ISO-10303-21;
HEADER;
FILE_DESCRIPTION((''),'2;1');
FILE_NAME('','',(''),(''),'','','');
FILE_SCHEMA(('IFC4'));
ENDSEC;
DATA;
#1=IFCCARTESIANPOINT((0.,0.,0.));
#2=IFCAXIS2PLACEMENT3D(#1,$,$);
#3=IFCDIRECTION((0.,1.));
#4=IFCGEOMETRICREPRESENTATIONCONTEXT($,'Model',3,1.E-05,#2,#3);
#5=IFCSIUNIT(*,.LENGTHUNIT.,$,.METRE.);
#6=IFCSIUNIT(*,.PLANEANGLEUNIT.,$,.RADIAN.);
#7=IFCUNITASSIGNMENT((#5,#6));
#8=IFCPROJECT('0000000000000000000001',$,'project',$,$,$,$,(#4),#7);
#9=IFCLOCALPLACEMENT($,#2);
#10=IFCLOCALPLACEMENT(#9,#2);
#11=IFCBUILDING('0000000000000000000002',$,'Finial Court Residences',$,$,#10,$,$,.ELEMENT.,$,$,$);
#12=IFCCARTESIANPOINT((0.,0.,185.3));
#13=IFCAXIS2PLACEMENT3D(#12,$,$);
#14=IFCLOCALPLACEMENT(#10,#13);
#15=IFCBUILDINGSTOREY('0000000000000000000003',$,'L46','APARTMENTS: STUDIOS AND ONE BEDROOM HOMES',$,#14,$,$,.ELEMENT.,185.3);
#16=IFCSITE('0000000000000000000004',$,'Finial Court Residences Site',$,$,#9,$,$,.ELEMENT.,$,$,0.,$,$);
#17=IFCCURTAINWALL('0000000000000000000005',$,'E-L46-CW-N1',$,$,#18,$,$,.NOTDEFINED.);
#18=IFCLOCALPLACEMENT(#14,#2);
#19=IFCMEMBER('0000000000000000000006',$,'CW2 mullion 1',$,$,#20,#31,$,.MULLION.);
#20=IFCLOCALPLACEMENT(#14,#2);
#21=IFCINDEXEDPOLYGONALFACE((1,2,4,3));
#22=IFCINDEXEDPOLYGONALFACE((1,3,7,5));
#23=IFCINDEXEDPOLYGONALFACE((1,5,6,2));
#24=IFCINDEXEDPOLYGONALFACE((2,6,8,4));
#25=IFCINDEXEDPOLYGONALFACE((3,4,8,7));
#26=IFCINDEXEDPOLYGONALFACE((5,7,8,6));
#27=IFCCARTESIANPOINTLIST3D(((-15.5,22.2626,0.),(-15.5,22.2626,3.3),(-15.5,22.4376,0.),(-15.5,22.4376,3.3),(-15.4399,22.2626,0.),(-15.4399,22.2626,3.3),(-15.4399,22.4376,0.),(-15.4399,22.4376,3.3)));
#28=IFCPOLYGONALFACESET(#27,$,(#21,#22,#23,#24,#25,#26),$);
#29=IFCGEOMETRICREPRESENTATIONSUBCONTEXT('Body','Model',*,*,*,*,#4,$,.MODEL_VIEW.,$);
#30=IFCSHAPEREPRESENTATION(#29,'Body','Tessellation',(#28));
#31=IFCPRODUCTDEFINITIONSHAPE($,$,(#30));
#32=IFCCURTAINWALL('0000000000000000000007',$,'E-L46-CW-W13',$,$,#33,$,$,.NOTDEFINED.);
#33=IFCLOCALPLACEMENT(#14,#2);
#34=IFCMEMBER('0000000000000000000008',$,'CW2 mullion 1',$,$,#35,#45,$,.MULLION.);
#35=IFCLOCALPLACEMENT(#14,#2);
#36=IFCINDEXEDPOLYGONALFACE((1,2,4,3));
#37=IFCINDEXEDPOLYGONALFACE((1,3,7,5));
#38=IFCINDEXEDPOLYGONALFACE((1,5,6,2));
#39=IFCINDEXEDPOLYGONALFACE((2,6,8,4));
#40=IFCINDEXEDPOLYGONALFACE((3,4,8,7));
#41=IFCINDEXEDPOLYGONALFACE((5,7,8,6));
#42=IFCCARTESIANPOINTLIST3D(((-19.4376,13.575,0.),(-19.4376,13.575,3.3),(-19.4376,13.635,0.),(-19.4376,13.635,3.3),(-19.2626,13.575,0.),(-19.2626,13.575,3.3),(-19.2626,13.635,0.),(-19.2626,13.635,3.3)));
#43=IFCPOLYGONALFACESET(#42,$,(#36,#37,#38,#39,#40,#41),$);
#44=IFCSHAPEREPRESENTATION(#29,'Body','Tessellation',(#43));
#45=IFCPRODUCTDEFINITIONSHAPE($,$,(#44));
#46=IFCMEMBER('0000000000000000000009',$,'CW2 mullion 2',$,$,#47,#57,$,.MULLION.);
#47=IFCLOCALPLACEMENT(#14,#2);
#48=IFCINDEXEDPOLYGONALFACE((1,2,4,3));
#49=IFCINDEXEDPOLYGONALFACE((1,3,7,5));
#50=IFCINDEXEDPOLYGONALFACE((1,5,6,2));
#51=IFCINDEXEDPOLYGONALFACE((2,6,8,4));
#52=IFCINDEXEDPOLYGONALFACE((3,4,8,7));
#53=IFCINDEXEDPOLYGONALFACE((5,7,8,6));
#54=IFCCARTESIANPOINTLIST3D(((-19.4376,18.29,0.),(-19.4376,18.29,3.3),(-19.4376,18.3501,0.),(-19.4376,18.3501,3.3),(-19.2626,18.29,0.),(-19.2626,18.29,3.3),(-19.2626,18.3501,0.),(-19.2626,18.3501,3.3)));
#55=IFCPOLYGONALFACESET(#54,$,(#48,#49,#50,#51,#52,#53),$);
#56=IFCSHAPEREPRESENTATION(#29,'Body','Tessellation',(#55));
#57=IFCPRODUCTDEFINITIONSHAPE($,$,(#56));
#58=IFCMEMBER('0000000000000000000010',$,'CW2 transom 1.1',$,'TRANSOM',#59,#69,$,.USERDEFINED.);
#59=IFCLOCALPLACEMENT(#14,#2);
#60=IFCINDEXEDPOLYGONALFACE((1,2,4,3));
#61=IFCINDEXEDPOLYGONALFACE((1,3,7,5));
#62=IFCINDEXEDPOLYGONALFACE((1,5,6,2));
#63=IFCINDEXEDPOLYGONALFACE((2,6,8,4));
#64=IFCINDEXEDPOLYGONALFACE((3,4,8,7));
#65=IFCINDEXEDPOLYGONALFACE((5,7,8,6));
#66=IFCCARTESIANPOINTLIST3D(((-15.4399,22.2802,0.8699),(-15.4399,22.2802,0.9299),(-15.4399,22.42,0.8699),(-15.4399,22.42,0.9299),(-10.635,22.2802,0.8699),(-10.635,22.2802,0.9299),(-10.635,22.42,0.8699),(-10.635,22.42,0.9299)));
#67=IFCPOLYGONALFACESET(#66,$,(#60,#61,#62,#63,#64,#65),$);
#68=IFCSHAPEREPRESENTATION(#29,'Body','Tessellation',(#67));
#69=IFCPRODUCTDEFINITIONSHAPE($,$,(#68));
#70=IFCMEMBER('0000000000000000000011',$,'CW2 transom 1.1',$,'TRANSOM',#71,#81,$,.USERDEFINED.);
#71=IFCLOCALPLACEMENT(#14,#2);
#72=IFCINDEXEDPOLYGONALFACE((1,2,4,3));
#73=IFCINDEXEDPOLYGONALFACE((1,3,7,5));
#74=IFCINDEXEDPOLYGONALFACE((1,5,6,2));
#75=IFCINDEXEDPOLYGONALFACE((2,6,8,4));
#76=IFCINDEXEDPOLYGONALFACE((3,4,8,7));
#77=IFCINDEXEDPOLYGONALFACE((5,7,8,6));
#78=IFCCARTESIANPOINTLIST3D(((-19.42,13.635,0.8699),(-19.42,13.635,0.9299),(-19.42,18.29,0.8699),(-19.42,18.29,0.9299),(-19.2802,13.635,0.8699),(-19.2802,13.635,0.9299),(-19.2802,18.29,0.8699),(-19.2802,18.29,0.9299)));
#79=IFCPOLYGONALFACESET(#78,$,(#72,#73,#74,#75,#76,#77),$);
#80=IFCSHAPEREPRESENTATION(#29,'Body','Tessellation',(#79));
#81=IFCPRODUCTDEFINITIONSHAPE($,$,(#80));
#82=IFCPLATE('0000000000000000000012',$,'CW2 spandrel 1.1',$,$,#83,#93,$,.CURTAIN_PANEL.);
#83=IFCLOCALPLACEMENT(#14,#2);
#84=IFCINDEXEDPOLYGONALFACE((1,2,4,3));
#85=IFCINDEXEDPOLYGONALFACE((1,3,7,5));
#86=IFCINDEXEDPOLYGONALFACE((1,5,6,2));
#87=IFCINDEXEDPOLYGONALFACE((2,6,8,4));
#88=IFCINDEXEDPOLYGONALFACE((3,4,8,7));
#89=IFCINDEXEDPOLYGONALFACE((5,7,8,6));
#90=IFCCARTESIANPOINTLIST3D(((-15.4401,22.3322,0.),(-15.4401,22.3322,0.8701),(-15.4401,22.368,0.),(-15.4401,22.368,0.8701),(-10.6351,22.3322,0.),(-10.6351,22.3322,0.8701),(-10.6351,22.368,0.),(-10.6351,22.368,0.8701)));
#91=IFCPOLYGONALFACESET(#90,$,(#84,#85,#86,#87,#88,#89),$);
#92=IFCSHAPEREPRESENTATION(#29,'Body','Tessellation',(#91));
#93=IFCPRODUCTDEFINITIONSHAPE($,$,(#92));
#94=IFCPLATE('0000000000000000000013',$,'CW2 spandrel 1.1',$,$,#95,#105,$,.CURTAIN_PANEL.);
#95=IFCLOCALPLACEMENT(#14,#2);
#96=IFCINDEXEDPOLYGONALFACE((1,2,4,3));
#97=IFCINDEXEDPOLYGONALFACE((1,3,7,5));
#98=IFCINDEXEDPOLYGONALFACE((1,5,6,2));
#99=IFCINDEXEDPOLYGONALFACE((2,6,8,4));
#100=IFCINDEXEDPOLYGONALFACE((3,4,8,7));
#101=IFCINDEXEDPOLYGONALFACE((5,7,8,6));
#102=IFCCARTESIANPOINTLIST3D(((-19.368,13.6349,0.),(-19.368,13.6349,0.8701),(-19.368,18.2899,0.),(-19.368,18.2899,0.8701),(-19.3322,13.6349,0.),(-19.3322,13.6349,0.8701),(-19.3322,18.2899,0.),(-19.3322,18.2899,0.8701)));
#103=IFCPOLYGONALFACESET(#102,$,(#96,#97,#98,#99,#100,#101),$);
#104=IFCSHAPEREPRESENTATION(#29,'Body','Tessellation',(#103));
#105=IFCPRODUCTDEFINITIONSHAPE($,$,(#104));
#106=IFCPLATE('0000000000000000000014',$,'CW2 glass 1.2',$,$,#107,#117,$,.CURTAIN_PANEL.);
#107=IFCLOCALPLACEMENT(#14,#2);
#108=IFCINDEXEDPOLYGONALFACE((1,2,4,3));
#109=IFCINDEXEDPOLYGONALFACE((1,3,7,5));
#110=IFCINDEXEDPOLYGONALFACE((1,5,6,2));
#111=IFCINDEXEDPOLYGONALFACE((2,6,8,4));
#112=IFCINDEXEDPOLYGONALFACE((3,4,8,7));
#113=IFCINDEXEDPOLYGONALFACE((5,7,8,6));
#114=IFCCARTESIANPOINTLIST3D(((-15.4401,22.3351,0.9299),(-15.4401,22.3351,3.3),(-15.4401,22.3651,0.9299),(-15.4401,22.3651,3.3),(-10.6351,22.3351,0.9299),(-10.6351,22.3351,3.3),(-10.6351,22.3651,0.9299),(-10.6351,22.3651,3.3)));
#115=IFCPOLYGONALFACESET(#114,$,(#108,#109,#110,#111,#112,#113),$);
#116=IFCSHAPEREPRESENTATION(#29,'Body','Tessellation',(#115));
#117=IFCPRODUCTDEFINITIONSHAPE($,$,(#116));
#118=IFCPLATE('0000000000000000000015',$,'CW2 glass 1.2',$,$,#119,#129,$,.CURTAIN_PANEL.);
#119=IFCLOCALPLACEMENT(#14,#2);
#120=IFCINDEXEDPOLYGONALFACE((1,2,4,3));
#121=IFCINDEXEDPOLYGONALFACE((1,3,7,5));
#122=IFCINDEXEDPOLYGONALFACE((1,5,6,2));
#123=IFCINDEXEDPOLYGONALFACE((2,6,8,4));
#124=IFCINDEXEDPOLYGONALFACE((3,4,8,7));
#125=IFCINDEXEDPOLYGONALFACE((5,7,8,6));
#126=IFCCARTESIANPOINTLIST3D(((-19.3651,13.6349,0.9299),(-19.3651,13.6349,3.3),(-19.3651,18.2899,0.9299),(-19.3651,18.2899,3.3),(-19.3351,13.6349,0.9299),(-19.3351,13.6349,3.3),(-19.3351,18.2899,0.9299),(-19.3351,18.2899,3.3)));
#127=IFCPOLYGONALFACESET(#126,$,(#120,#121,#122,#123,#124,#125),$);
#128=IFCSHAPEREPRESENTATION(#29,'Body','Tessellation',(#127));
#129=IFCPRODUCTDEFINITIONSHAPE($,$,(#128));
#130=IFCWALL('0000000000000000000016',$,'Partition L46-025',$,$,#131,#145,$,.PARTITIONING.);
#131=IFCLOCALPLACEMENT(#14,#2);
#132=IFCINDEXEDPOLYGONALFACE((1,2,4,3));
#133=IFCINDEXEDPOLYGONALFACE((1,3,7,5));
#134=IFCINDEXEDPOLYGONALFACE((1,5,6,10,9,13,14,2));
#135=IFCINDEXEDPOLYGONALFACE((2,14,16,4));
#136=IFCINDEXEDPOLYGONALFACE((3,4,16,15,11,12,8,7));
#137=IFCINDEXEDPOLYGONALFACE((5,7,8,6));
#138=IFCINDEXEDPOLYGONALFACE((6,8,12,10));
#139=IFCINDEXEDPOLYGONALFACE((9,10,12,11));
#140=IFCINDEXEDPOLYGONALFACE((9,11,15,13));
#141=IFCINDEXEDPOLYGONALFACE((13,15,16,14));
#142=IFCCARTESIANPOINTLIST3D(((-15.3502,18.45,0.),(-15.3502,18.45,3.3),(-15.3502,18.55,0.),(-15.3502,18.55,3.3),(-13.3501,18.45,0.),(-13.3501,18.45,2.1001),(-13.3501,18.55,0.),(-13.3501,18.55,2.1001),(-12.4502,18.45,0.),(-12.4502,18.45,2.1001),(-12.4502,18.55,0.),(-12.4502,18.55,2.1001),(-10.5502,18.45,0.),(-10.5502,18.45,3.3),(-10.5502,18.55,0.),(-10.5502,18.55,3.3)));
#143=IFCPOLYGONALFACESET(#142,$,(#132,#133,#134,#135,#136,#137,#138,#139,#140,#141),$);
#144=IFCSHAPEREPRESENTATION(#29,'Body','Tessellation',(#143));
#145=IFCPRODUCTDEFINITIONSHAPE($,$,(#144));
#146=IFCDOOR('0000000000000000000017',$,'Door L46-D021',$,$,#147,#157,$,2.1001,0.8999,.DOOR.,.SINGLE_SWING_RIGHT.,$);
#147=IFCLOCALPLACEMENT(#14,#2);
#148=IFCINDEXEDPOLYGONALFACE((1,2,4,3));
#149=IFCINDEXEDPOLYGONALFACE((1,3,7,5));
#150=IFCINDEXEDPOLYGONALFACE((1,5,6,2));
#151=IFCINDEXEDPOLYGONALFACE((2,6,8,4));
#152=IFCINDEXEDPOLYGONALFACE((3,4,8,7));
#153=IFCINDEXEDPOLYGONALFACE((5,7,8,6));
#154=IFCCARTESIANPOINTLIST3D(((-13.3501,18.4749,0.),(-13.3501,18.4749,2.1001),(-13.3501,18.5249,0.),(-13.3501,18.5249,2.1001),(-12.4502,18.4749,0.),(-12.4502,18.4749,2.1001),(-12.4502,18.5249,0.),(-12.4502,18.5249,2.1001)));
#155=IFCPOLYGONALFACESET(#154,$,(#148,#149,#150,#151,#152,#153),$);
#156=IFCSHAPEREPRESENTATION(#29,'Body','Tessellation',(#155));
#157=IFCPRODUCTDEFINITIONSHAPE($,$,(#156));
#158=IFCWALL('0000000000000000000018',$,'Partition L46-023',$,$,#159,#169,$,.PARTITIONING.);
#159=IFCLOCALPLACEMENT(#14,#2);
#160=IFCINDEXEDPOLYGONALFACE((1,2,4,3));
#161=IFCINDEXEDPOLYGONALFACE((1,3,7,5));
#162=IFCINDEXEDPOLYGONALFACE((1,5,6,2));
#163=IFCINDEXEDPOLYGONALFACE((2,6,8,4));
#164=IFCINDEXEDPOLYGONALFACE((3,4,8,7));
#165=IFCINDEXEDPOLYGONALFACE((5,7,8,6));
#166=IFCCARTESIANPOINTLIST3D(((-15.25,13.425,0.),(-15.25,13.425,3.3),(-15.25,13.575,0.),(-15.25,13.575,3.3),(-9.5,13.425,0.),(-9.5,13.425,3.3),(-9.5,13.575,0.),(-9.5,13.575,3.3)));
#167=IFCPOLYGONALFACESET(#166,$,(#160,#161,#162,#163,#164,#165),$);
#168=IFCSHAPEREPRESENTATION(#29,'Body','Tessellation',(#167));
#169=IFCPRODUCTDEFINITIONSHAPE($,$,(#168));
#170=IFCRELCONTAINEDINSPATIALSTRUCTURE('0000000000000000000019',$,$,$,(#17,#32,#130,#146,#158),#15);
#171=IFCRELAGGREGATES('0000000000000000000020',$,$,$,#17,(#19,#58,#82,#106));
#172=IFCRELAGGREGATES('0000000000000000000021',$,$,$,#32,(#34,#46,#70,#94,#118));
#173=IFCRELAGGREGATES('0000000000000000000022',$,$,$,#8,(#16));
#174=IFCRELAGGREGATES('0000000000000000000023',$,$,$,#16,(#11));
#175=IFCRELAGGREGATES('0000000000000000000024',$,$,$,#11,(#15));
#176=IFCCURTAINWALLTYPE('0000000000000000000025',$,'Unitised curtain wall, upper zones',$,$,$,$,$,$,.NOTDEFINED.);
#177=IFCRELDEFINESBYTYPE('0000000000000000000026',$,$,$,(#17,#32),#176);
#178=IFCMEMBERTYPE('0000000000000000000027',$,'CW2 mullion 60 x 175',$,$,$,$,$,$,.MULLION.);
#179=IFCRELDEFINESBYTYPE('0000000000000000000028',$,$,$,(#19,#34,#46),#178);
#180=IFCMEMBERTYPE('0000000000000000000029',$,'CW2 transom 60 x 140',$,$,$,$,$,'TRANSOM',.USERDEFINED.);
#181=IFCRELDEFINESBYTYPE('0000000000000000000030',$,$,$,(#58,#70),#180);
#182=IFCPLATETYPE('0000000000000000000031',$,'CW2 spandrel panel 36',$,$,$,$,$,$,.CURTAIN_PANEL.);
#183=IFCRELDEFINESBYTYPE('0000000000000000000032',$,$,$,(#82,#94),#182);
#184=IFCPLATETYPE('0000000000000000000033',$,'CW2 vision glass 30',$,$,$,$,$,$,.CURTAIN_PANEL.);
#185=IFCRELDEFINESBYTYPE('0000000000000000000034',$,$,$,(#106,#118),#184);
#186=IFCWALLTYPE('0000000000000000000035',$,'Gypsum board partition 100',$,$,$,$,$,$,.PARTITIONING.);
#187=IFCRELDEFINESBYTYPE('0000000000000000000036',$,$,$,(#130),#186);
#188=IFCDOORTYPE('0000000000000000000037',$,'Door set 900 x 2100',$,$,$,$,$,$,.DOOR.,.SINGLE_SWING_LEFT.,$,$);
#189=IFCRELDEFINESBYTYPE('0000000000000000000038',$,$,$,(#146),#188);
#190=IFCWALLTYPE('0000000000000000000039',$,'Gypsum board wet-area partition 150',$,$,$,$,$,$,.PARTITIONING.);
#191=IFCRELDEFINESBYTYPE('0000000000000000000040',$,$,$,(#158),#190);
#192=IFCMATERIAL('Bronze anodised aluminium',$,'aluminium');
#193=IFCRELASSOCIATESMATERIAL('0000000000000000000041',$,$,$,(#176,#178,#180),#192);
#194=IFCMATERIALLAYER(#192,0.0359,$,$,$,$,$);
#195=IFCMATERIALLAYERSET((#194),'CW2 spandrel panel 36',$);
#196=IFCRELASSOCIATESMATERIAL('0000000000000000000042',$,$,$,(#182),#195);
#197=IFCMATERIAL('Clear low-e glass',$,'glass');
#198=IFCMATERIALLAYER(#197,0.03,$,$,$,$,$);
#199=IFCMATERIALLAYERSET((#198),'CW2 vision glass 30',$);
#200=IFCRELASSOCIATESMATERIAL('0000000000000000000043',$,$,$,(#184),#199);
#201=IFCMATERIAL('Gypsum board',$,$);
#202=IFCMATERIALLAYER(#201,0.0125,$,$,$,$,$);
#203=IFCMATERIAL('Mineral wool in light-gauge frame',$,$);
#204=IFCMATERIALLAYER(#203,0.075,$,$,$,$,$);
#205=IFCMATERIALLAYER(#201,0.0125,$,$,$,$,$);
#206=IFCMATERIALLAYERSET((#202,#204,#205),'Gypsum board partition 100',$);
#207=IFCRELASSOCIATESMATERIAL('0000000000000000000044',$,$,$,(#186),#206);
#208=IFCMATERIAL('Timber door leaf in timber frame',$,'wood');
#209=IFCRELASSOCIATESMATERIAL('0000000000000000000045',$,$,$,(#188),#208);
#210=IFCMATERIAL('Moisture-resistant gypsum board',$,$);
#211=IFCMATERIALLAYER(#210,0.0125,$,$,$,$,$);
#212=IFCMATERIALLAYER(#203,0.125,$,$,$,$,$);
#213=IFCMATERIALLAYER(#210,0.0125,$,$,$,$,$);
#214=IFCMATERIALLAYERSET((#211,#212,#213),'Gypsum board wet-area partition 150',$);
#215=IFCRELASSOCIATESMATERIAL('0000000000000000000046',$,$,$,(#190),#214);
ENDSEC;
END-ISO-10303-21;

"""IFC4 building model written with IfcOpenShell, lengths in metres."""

from ifc_helpers import new_model, si_unit, direction, frame, frame_2d, origin, origin_2d, place, context, subcontext, project, spatial, rectangle, extrude, material, layer, layer_set, material_profile, profile_set, type_object, element, fill, aggregate, save


model = new_model("IFC4")

# Units and contexts
model_context = context("Model", 3, precision=1e-05, world=origin(), true_north=direction((0.0, 1.0)))
body_context = subcontext(model_context, "Body", "Model", "MODEL_VIEW")
ifc_project = project(units=[si_unit("LENGTHUNIT", "METRE"), si_unit("PLANEANGLEUNIT", "RADIAN")], contexts=[model_context])

# Site, building, storey
site_placement = place(None, origin())
site = spatial("IfcSite", under=ifc_project, at=site_placement, Name="Finial Court Residences Site", CompositionType="ELEMENT", RefElevation=0.0)
building_placement = place(site_placement, origin())
building = spatial("IfcBuilding", under=site, at=building_placement, Name="Finial Court Residences", CompositionType="ELEMENT")
storey_placement = place(building_placement, frame((0.0, 0.0, 185.3)))
storey = spatial("IfcBuildingStorey", under=building, at=storey_placement, Name="L46", Description="APARTMENTS: STUDIOS AND ONE BEDROOM HOMES", CompositionType="ELEMENT", Elevation=185.3)

# Curtain wall, member
ifc_material_1 = material(Name="Bronze anodised aluminium", Category="aluminium")
curtain_wall_type = type_object("IfcCurtainWallType", Name="Unitised curtain wall, upper zones", PredefinedType="NOTDEFINED", material=ifc_material_1)
curtain_wall_1_placement = place(storey_placement, origin())
curtain_wall_1 = element("IfcCurtainWall", 1, at=curtain_wall_1_placement, inside=storey, type_object=curtain_wall_type, Name="E-L46-CW-N1", PredefinedType="NOTDEFINED")
ifc_material_profile_1 = material_profile(ifc_material_1, rectangle(XDim=0.175, YDim=0.0601, at=origin_2d()), Name="CW2 mullion 60 x 175")
ifc_profile_set_1 = profile_set([ifc_material_profile_1], Name="Bronze anodised aluminium")
member_type_1 = type_object("IfcMemberType", Name="CW2 mullion 60 x 175", PredefinedType="MULLION", material=ifc_profile_set_1)
member_1_placement = place(storey_placement, frame((-15.47, 22.3501, 0.0), z_axis=(0.0, 0.0, 1.0), x_axis=(0.0, 1.0, 0.0)))
member_1 = element("IfcMember", 2, at=member_1_placement, type_object=member_type_1, Name="CW2 mullion 1", PredefinedType="MULLION", context=body_context, shape_type="SweptSolid", body=[
    extrude(rectangle(XDim=0.175, YDim=0.0601, at=origin_2d()), origin(), (0.0, 0.0, 1.0), 3.3),
])

# Curtain wall, members
curtain_wall_2_placement = place(storey_placement, origin())
curtain_wall_2 = element("IfcCurtainWall", 3, at=curtain_wall_2_placement, inside=storey, type_object=curtain_wall_type, Name="E-L46-CW-W13", PredefinedType="NOTDEFINED")
member_2_placement = place(storey_placement, frame((-19.3501, 13.605, 0.0), z_axis=(0.0, 0.0, 1.0), x_axis=(-1.0, 0.0, 0.0)))
member_2 = element("IfcMember", 4, at=member_2_placement, type_object=member_type_1, Name="CW2 mullion 1", PredefinedType="MULLION", context=body_context, shape_type="SweptSolid", body=[
    extrude(rectangle(XDim=0.175, YDim=0.0601, at=origin_2d()), origin(), (0.0, 0.0, 1.0), 3.3),
])
member_3_placement = place(storey_placement, frame((-19.3501, 18.3201, 0.0), z_axis=(0.0, 0.0, 1.0), x_axis=(-1.0, 0.0, 0.0)))
member_3 = element("IfcMember", 5, at=member_3_placement, type_object=member_type_1, Name="CW2 mullion 2", PredefinedType="MULLION", context=body_context, shape_type="SweptSolid", body=[
    extrude(rectangle(XDim=0.175, YDim=0.0601, at=origin_2d()), origin(), (0.0, 0.0, 1.0), 3.3),
])

# Members
ifc_material_profile_2 = material_profile(ifc_material_1, rectangle(XDim=0.1399, YDim=0.0601, at=origin_2d()), Name="CW2 transom 60 x 140")
ifc_profile_set_2 = profile_set([ifc_material_profile_2], Name="Bronze anodised aluminium")
member_type_2 = type_object("IfcMemberType", Name="CW2 transom 60 x 140", ElementType="TRANSOM", PredefinedType="USERDEFINED", material=ifc_profile_set_2)
member_4_placement = place(storey_placement, frame((-15.4399, 22.3501, 0.8999), z_axis=(1.0, 0.0, 0.0), x_axis=(0.0, 1.0, 0.0)))
member_4 = element("IfcMember", 6, at=member_4_placement, type_object=member_type_2, Name="CW2 transom 1.1", ObjectType="TRANSOM", PredefinedType="USERDEFINED", context=body_context, shape_type="SweptSolid", body=[
    extrude(rectangle(XDim=0.1399, YDim=0.0601, at=origin_2d()), origin(), (0.0, 0.0, 1.0), 4.8049),
])
member_5_placement = place(storey_placement, frame((-19.3501, 13.635, 0.8999), z_axis=(0.0, 1.0, 0.0), x_axis=(-1.0, 0.0, 0.0)))
member_5 = element("IfcMember", 7, at=member_5_placement, type_object=member_type_2, Name="CW2 transom 1.1", ObjectType="TRANSOM", PredefinedType="USERDEFINED", context=body_context, shape_type="SweptSolid", body=[
    extrude(rectangle(XDim=0.1399, YDim=0.0601, at=origin_2d()), origin(), (0.0, 0.0, 1.0), 4.655),
])

# Plates
ifc_layer_1 = layer(ifc_material_1, 0.0359)
ifc_layer_set_1 = layer_set([ifc_layer_1], Name="CW2 spandrel panel 36")
plate_type_1 = type_object("IfcPlateType", Name="CW2 spandrel panel 36", PredefinedType="CURTAIN_PANEL", material=ifc_layer_set_1)
plate_1_placement = place(storey_placement, frame((-13.0376, 22.3501, 0.0), z_axis=(0.0, 0.0, 1.0), x_axis=(1.0, 0.0, 0.0)))
plate_1 = element("IfcPlate", 8, at=plate_1_placement, type_object=plate_type_1, Name="CW2 spandrel 1.1", PredefinedType="CURTAIN_PANEL", context=body_context, shape_type="SweptSolid", body=[
    extrude(rectangle(XDim=4.8049, YDim=0.0359, at=origin_2d()), origin(), (0.0, 0.0, 1.0), 0.8701),
])
plate_2_placement = place(storey_placement, frame((-19.3501, 15.9624, 0.0), z_axis=(0.0, 0.0, 1.0), x_axis=(0.0, 1.0, 0.0)))
plate_2 = element("IfcPlate", 9, at=plate_2_placement, type_object=plate_type_1, Name="CW2 spandrel 1.1", PredefinedType="CURTAIN_PANEL", context=body_context, shape_type="SweptSolid", body=[
    extrude(rectangle(XDim=4.655, YDim=0.0359, at=origin_2d()), origin(), (0.0, 0.0, 1.0), 0.8701),
])
ifc_material_2 = material(Name="Clear low-e glass", Category="glass")
ifc_layer_2 = layer(ifc_material_2, 0.03)
ifc_layer_set_2 = layer_set([ifc_layer_2], Name="CW2 vision glass 30")
plate_type_2 = type_object("IfcPlateType", Name="CW2 vision glass 30", PredefinedType="CURTAIN_PANEL", material=ifc_layer_set_2)
plate_3_placement = place(storey_placement, frame((-13.0376, 22.3501, 0.9299), z_axis=(0.0, 0.0, 1.0), x_axis=(1.0, 0.0, 0.0)))
plate_3 = element("IfcPlate", 10, at=plate_3_placement, type_object=plate_type_2, Name="CW2 glass 1.2", PredefinedType="CURTAIN_PANEL", context=body_context, shape_type="SweptSolid", body=[
    extrude(rectangle(XDim=4.8049, YDim=0.03, at=origin_2d()), origin(), (0.0, 0.0, 1.0), 2.3701),
])
aggregate(curtain_wall_1, [member_1, member_4, plate_1, plate_3])
plate_4_placement = place(storey_placement, frame((-19.3501, 15.9624, 0.9299), z_axis=(0.0, 0.0, 1.0), x_axis=(0.0, 1.0, 0.0)))
plate_4 = element("IfcPlate", 11, at=plate_4_placement, type_object=plate_type_2, Name="CW2 glass 1.2", PredefinedType="CURTAIN_PANEL", context=body_context, shape_type="SweptSolid", body=[
    extrude(rectangle(XDim=4.655, YDim=0.03, at=origin_2d()), origin(), (0.0, 0.0, 1.0), 2.3701),
])
aggregate(curtain_wall_2, [member_2, member_3, member_5, plate_2, plate_4])

# Wall, opening, door
ifc_material_3 = material(Name="Gypsum board")
ifc_layer_3 = layer(ifc_material_3, 0.0125)
ifc_material_4 = material(Name="Mineral wool in light-gauge frame")
ifc_layer_4 = layer(ifc_material_4, 0.075)
ifc_layer_5 = layer(ifc_material_3, 0.0125)
ifc_layer_set_3 = layer_set([ifc_layer_3, ifc_layer_4, ifc_layer_5], Name="Gypsum board partition 100")
wall_type_1 = type_object("IfcWallType", Name="Gypsum board partition 100", PredefinedType="PARTITIONING", material=ifc_layer_set_3)
wall_1_placement = place(storey_placement, frame((-15.3501, 18.5, 0.0), z_axis=(0.0, 0.0, 1.0), x_axis=(1.0, 0.0, 0.0)))
wall_1 = element("IfcWall", 12, at=wall_1_placement, inside=storey, type_object=wall_type_1, Name="Partition L46-025", PredefinedType="PARTITIONING", context=body_context, shape_type="SweptSolid", body=[
    extrude(rectangle(XDim=4.8, YDim=0.1001, at=frame_2d((2.3999, 0.0))), origin(), (0.0, 0.0, 1.0), 3.3),
])
opening_1_placement = place(wall_1_placement, frame((2.0, 0.0, 0.0)))
opening_1 = element("IfcOpeningElement", 13, at=opening_1_placement, cuts=wall_1, PredefinedType="OPENING", context=body_context, shape_type="SweptSolid", body=[
    extrude(rectangle(XDim=0.8999, YDim=2.1001, at=frame_2d((0.45, 1.05))), frame((0.0, 0.0601, 0.0), z_axis=(0.0, -1.0, 0.0), x_axis=(1.0, 0.0, 0.0)), (0.0, 0.0, 1.0), 0.1201),
])
ifc_material_5 = material(Name="Timber door leaf in timber frame", Category="wood")
door_type = type_object("IfcDoorType", Name="Door set 900 x 2100", OperationType="SINGLE_SWING_LEFT", PredefinedType="DOOR", material=ifc_material_5)
door_placement = place(opening_1_placement, origin())
door = element("IfcDoor", 14, at=door_placement, inside=storey, type_object=door_type, Name="Door L46-D021", OperationType="SINGLE_SWING_RIGHT", OverallHeight=2.1001, OverallWidth=0.8999, PredefinedType="DOOR", context=body_context, shape_type="SweptSolid", body=[
    extrude(rectangle(XDim=0.8999, YDim=2.1001, at=frame_2d((0.45, 1.05))), frame((0.0, 0.0249, 0.0), z_axis=(0.0, -1.0, 0.0), x_axis=(1.0, 0.0, 0.0)), (0.0, 0.0, 1.0), 0.05),
])
fill(opening_1, door)

# Wall
ifc_material_6 = material(Name="Moisture-resistant gypsum board")
ifc_layer_6 = layer(ifc_material_6, 0.0125)
ifc_layer_7 = layer(ifc_material_4, 0.125)
ifc_layer_8 = layer(ifc_material_6, 0.0125)
ifc_layer_set_4 = layer_set([ifc_layer_6, ifc_layer_7, ifc_layer_8], Name="Gypsum board wet-area partition 150")
wall_type_2 = type_object("IfcWallType", Name="Gypsum board wet-area partition 150", PredefinedType="PARTITIONING", material=ifc_layer_set_4)
wall_2_placement = place(storey_placement, frame((-15.25, 13.5, 0.0), z_axis=(0.0, 0.0, 1.0), x_axis=(1.0, 0.0, 0.0)))
element("IfcWall", 15, at=wall_2_placement, inside=storey, type_object=wall_type_2, Name="Partition L46-023", PredefinedType="PARTITIONING", context=body_context, shape_type="SweptSolid", body=[
    extrude(rectangle(XDim=5.75, YDim=0.1499, at=frame_2d((2.875, 0.0))), origin(), (0.0, 0.0, 1.0), 3.3),
])

save(model, "model.ifc")
